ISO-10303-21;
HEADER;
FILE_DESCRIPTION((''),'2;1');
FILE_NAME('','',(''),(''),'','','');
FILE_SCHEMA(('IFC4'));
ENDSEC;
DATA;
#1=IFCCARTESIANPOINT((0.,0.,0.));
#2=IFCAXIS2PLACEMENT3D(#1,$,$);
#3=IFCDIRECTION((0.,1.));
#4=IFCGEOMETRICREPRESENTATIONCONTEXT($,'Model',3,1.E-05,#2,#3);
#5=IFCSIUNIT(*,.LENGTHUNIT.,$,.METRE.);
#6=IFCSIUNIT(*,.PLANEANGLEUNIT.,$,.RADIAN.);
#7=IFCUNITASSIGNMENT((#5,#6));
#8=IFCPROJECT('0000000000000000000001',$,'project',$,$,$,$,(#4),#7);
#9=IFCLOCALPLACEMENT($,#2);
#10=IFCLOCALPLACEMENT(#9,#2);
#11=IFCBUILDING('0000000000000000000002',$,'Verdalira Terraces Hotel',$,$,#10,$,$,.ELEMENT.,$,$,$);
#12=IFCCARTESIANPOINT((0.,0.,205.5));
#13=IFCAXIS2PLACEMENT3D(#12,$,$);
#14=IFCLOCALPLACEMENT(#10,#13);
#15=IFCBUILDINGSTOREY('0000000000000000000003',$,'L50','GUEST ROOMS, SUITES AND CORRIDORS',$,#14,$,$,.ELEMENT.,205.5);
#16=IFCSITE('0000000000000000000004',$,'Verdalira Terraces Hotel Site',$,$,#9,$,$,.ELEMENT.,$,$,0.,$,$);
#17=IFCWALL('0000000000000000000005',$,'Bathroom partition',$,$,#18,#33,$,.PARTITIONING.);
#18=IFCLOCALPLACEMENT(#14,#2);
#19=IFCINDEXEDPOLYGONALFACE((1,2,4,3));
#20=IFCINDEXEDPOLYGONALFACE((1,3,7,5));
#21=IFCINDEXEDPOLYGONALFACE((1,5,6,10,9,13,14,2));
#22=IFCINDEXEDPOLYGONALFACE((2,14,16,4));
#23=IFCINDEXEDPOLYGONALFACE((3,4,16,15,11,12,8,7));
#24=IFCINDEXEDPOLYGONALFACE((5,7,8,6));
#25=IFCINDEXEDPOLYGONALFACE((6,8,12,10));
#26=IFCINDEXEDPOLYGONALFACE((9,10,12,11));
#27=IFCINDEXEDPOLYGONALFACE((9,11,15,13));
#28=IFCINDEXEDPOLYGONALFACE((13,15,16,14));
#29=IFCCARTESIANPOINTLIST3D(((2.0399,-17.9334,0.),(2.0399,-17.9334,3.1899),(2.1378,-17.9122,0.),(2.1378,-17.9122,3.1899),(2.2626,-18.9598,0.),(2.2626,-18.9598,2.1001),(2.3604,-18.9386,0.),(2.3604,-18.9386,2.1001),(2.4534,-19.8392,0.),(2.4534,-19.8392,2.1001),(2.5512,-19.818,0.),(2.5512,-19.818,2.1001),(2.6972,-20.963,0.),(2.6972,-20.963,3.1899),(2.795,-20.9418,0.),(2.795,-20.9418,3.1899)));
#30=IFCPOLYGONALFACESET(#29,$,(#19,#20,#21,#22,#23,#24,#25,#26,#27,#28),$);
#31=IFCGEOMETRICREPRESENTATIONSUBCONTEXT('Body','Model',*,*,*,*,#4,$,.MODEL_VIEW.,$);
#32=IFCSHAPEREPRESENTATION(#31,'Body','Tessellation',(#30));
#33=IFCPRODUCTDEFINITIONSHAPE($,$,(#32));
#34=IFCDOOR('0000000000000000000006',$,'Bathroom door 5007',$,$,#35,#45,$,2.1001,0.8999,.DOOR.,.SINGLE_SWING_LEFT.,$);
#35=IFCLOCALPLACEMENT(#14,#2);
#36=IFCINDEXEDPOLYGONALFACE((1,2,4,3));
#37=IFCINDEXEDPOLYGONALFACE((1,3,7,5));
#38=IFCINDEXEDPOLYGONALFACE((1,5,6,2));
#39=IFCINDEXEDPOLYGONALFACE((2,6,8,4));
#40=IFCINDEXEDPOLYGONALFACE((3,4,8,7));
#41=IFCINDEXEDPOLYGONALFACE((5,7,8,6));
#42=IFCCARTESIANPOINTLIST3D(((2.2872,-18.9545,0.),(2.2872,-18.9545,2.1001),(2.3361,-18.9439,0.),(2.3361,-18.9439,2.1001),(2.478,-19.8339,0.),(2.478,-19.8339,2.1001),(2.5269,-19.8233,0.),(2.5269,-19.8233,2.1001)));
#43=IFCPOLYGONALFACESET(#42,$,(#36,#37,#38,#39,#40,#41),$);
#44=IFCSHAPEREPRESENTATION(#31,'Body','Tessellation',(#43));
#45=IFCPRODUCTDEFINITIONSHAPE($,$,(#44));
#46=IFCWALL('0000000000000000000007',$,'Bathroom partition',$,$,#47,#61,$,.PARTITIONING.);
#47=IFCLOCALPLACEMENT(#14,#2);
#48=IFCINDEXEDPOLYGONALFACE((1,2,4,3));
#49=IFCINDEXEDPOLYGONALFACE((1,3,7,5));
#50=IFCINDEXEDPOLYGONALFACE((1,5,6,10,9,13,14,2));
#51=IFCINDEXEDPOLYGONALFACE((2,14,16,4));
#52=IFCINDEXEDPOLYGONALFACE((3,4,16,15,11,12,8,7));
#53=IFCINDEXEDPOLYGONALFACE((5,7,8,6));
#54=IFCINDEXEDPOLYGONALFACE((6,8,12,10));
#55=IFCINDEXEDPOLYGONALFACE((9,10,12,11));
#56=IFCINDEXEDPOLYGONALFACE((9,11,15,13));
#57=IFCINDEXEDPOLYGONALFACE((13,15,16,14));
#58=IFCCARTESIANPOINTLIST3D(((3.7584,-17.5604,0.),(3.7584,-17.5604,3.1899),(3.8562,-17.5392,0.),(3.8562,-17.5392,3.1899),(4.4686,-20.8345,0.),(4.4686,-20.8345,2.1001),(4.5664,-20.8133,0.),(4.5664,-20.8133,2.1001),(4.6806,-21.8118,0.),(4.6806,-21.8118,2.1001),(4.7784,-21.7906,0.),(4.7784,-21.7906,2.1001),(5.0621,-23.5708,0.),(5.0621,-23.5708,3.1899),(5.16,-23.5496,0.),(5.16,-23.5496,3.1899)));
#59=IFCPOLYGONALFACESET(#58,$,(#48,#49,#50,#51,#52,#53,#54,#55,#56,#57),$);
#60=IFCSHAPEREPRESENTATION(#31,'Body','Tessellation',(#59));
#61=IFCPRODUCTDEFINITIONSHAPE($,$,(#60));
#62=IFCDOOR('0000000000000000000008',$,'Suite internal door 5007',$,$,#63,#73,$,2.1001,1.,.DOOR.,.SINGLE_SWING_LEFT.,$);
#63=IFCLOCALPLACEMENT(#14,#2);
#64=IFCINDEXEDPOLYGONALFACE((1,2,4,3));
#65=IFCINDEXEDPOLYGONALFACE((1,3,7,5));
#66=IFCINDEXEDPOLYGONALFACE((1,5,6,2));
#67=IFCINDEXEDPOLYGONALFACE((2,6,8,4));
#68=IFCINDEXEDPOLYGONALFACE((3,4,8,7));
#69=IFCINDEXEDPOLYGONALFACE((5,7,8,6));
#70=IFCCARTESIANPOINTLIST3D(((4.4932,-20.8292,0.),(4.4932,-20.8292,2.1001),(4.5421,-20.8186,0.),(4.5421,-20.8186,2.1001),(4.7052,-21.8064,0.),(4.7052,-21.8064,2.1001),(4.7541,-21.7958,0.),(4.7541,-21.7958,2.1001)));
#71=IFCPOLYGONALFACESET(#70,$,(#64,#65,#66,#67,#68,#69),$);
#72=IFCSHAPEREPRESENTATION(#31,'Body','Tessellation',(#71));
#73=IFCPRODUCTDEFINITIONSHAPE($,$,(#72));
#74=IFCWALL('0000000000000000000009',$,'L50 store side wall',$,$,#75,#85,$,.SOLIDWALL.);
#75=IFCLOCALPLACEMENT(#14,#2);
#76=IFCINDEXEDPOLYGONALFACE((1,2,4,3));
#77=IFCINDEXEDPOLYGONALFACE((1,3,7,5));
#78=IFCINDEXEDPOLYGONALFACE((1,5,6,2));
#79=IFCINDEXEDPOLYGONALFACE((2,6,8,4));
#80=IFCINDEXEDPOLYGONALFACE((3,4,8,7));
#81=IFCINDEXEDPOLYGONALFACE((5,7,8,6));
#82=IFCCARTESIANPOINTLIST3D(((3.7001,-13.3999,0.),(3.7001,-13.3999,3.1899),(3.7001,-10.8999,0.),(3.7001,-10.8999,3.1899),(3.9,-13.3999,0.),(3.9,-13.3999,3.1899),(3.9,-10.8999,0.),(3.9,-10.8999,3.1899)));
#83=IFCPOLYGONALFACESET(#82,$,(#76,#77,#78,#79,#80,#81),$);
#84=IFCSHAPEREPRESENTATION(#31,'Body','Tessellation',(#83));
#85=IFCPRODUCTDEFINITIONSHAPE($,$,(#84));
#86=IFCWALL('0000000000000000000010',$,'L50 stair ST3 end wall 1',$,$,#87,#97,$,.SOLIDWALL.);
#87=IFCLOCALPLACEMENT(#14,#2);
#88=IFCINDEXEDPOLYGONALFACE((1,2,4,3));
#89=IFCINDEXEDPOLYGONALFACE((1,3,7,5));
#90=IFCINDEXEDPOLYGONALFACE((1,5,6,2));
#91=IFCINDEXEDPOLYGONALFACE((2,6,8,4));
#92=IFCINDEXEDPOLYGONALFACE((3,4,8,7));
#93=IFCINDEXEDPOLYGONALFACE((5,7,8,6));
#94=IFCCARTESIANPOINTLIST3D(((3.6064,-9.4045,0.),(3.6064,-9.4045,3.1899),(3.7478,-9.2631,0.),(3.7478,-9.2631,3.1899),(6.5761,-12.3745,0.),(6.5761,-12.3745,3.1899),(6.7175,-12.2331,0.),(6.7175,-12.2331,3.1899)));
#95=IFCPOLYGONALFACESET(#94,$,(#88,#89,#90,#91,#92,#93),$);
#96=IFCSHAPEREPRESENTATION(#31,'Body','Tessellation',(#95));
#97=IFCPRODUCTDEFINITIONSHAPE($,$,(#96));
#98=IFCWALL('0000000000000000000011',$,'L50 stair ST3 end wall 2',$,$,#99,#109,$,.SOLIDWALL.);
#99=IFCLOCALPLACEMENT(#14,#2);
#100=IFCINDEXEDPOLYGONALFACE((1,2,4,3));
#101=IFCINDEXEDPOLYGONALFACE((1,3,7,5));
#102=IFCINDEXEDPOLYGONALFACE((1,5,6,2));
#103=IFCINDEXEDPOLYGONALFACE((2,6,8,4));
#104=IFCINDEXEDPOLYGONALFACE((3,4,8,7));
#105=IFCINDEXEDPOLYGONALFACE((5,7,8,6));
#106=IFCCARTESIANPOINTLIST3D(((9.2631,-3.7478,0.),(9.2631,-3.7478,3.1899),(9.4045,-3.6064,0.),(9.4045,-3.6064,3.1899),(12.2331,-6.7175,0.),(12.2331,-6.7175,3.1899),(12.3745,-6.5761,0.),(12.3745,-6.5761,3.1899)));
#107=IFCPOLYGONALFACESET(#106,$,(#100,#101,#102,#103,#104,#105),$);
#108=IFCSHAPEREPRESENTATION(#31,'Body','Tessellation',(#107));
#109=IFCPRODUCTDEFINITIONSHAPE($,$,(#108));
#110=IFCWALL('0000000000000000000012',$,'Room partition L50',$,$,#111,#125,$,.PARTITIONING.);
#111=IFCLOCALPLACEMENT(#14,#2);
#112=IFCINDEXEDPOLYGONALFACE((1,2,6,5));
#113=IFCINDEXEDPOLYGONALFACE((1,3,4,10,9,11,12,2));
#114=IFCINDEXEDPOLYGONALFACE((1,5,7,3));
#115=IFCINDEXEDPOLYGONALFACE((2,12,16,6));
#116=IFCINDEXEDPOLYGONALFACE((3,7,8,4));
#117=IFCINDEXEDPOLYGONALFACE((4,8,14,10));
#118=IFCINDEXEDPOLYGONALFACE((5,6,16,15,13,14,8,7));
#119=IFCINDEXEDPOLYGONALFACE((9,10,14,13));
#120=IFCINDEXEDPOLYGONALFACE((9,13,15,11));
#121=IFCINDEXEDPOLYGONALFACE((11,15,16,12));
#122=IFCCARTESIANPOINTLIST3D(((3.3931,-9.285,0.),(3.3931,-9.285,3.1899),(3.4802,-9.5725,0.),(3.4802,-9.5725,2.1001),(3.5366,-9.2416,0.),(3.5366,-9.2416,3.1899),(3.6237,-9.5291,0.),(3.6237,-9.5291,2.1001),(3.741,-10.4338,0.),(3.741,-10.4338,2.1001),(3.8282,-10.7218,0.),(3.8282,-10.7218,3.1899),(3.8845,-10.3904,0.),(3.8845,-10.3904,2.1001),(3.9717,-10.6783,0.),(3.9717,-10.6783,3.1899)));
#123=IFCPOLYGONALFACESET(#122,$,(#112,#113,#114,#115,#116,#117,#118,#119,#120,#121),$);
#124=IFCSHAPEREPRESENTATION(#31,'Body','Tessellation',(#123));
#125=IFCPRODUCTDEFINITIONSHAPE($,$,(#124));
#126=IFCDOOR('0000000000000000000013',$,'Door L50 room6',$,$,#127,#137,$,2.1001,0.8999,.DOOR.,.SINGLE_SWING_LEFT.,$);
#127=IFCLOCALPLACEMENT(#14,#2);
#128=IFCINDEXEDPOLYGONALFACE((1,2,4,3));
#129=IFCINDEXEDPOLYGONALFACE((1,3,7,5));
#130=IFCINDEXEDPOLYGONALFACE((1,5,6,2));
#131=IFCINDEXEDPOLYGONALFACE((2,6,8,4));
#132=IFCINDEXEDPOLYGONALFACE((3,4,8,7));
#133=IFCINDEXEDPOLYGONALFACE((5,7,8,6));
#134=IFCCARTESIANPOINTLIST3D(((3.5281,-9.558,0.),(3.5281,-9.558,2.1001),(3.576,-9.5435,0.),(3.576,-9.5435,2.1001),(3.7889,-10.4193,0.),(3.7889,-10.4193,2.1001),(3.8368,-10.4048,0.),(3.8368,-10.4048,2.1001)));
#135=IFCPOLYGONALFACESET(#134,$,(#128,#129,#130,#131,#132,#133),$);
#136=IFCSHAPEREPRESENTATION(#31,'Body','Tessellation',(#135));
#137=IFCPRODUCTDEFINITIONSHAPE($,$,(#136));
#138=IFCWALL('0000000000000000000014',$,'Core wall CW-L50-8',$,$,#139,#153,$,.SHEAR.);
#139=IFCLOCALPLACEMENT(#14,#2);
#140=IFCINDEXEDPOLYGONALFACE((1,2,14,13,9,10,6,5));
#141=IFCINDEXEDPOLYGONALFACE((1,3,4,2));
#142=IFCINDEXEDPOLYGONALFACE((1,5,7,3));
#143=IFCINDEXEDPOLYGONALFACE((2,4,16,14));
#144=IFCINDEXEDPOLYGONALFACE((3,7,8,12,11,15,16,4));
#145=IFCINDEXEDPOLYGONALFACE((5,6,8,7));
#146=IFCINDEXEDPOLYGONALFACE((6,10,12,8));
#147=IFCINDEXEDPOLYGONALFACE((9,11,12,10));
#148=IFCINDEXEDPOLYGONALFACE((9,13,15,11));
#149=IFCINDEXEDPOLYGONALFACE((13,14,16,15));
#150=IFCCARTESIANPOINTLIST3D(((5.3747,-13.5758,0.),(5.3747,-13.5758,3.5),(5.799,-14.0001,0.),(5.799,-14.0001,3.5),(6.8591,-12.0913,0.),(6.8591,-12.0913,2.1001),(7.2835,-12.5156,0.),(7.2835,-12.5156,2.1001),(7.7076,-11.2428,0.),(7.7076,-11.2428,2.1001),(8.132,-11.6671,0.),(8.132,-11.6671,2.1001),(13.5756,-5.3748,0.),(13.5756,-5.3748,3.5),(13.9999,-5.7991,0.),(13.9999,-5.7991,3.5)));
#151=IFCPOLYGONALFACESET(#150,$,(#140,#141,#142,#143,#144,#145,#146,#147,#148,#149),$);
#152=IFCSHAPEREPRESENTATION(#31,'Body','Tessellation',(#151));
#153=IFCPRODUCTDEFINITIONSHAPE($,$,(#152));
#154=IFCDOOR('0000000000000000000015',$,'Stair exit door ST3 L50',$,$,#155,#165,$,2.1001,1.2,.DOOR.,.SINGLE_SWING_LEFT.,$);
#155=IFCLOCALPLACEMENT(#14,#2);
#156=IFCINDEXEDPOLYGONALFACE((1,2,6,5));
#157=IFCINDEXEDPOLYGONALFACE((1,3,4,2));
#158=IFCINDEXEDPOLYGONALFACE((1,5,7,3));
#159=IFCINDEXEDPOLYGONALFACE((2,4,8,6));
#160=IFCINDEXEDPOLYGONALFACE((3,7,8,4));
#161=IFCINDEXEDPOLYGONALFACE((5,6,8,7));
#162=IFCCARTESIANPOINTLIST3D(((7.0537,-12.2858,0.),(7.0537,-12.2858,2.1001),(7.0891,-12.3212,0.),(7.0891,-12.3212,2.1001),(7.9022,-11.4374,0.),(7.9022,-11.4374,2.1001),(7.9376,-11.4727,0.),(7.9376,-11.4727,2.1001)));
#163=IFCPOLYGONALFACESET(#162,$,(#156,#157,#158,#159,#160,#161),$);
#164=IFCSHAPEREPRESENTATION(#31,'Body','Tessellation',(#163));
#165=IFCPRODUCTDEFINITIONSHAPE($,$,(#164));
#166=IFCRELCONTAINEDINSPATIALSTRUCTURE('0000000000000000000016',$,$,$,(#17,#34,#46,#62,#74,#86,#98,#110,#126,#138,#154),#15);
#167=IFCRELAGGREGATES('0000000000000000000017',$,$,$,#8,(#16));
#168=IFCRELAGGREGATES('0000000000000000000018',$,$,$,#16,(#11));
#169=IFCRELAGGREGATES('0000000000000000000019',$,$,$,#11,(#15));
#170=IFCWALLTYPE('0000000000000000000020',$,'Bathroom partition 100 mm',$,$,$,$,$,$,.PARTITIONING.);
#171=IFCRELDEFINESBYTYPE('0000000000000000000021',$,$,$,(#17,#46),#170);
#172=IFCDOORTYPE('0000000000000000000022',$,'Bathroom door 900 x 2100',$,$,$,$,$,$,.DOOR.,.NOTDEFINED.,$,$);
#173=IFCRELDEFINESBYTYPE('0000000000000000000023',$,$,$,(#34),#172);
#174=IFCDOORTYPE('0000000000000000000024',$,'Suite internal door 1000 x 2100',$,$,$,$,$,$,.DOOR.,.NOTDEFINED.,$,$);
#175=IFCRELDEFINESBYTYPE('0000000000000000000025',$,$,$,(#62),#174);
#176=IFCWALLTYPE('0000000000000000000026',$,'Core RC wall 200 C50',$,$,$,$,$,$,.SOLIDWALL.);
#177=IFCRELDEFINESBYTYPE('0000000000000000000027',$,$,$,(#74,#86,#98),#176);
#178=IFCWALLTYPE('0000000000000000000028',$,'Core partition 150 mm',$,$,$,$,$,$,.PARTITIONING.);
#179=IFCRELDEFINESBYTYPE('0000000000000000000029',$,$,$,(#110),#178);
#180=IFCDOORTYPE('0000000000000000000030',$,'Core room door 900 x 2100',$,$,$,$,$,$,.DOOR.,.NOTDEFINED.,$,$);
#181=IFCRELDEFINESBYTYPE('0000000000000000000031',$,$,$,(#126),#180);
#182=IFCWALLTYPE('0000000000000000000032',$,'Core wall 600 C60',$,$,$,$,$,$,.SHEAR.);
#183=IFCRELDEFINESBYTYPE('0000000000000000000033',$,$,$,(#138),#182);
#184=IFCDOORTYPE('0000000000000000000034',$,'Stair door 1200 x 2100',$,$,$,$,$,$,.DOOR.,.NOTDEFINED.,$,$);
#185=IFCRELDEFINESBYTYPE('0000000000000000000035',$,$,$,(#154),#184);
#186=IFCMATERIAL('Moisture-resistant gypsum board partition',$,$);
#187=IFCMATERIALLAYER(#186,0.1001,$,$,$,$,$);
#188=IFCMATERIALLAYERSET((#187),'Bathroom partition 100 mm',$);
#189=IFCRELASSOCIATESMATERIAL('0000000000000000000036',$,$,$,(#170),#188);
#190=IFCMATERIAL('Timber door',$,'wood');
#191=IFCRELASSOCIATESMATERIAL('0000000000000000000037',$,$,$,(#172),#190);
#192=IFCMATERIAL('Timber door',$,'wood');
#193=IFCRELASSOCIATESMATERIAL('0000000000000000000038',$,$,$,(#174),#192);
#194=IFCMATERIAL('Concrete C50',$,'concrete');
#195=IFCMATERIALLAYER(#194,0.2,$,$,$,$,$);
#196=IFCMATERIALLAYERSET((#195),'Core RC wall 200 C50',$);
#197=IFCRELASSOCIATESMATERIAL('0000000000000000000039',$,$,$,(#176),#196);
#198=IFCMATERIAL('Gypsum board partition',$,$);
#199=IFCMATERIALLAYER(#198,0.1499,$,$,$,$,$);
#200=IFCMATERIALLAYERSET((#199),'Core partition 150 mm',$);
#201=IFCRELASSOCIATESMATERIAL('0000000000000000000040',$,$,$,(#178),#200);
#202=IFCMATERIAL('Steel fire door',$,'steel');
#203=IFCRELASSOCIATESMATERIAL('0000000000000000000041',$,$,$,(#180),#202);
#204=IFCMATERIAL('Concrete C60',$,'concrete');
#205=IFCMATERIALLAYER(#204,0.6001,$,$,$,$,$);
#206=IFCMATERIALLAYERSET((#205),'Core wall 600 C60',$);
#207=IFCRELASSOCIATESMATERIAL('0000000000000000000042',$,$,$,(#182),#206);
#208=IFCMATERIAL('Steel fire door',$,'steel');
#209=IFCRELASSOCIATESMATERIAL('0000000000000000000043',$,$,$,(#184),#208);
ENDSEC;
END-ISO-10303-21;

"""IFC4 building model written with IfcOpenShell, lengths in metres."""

from ifc_helpers import new_model, si_unit, direction, frame, frame_2d, origin, place, context, subcontext, project, spatial, rectangle, extrude, material, layer, layer_set, type_object, element, fill, save


model = new_model("IFC4")

# Units and contexts
model_context = context("Model", 3, precision=1e-05, world=origin(), true_north=direction((0.0, 1.0)))
body_context = subcontext(model_context, "Body", "Model", "MODEL_VIEW")
ifc_project = project(units=[si_unit("LENGTHUNIT", "METRE"), si_unit("PLANEANGLEUNIT", "RADIAN")], contexts=[model_context])

# Site, building, storey
site_placement = place(None, origin())
site = spatial("IfcSite", under=ifc_project, at=site_placement, Name="Verdalira Terraces Hotel Site", CompositionType="ELEMENT", RefElevation=0.0)
building_placement = place(site_placement, origin())
building = spatial("IfcBuilding", under=site, at=building_placement, Name="Verdalira Terraces Hotel", CompositionType="ELEMENT")
storey_placement = place(building_placement, frame((0.0, 0.0, 205.5)))
storey = spatial("IfcBuildingStorey", under=building, at=storey_placement, Name="L50", Description="GUEST ROOMS, SUITES AND CORRIDORS", CompositionType="ELEMENT", Elevation=205.5)

# Walls, openings, doors
ifc_material_1 = material(Name="Moisture-resistant gypsum board partition")
ifc_layer_1 = layer(ifc_material_1, 0.1001)
ifc_layer_set_1 = layer_set([ifc_layer_1], Name="Bathroom partition 100 mm")
wall_type_1 = type_object("IfcWallType", Name="Bathroom partition 100 mm", PredefinedType="PARTITIONING", material=ifc_layer_set_1)
wall_1_placement = place(storey_placement, frame((2.7461, -20.9524, 0.0), z_axis=(0.0, 0.0, 1.0), x_axis=(-0.212008, 0.977268, 0.0)))
wall_1 = element("IfcWall", 1, at=wall_1_placement, inside=storey, type_object=wall_type_1, Name="Bathroom partition", PredefinedType="PARTITIONING", context=body_context, shape_type="SweptSolid", body=[
    extrude(rectangle(XDim=3.1001, YDim=0.1001, at=frame_2d((1.55, 0.0))), origin(), (0.0, 0.0, 1.0), 3.1899),
])
opening_1_placement = place(wall_1_placement, frame((1.1499, 0.0, 0.0)))
opening_1 = element("IfcOpeningElement", 2, at=opening_1_placement, cuts=wall_1, PredefinedType="OPENING", context=body_context, shape_type="SweptSolid", body=[
    extrude(rectangle(XDim=0.8999, YDim=2.1001, at=frame_2d((0.45, 1.05))), frame((0.0, 0.0601, 0.0), z_axis=(0.0, -1.0, 0.0), x_axis=(1.0, 0.0, 0.0)), (0.0, 0.0, 1.0), 0.1201),
])
ifc_material_2 = material(Name="Timber door", Category="wood")
door_type_1 = type_object("IfcDoorType", Name="Bathroom door 900 x 2100", OperationType="NOTDEFINED", PredefinedType="DOOR", material=ifc_material_2)
door_1_placement = place(opening_1_placement, origin())
door_1 = element("IfcDoor", 3, at=door_1_placement, inside=storey, type_object=door_type_1, Name="Bathroom door 5007", OperationType="SINGLE_SWING_LEFT", OverallHeight=2.1001, OverallWidth=0.8999, PredefinedType="DOOR", context=body_context, shape_type="SweptSolid", body=[
    extrude(rectangle(XDim=0.8999, YDim=2.1001, at=frame_2d((0.45, 1.05))), frame((0.0, 0.0249, 0.0), z_axis=(0.0, -1.0, 0.0), x_axis=(1.0, 0.0, 0.0)), (0.0, 0.0, 1.0), 0.05),
])
fill(opening_1, door_1)
wall_2_placement = place(storey_placement, frame((5.1111, -23.5603, 0.0), z_axis=(0.0, 0.0, 1.0), x_axis=(-0.211985, 0.977273, 0.0)))
wall_2 = element("IfcWall", 4, at=wall_2_placement, inside=storey, type_object=wall_type_1, Name="Bathroom partition", PredefinedType="PARTITIONING", context=body_context, shape_type="SweptSolid", body=[
    extrude(rectangle(XDim=6.1501, YDim=0.1001, at=frame_2d((3.0752, 0.0))), origin(), (0.0, 0.0, 1.0), 3.1899),
])
opening_2_placement = place(wall_2_placement, frame((1.8, 0.0, 0.0)))
opening_2 = element("IfcOpeningElement", 5, at=opening_2_placement, cuts=wall_2, PredefinedType="OPENING", context=body_context, shape_type="SweptSolid", body=[
    extrude(rectangle(XDim=1.0, YDim=2.1001, at=frame_2d((0.5, 1.05))), frame((0.0, 0.0601, 0.0), z_axis=(0.0, -1.0, 0.0), x_axis=(1.0, 0.0, 0.0)), (0.0, 0.0, 1.0), 0.1201),
])
ifc_material_3 = material(Name="Timber door", Category="wood")
door_type_2 = type_object("IfcDoorType", Name="Suite internal door 1000 x 2100", OperationType="NOTDEFINED", PredefinedType="DOOR", material=ifc_material_3)
door_2_placement = place(opening_2_placement, origin())
door_2 = element("IfcDoor", 6, at=door_2_placement, inside=storey, type_object=door_type_2, Name="Suite internal door 5007", OperationType="SINGLE_SWING_LEFT", OverallHeight=2.1001, OverallWidth=1.0, PredefinedType="DOOR", context=body_context, shape_type="SweptSolid", body=[
    extrude(rectangle(XDim=1.0, YDim=2.1001, at=frame_2d((0.5, 1.05))), frame((0.0, 0.0249, 0.0), z_axis=(0.0, -1.0, 0.0), x_axis=(1.0, 0.0, 0.0)), (0.0, 0.0, 1.0), 0.05),
])
fill(opening_2, door_2)

# Walls
ifc_material_4 = material(Name="Concrete C50", Category="concrete")
ifc_layer_2 = layer(ifc_material_4, 0.2)
ifc_layer_set_2 = layer_set([ifc_layer_2], Name="Core RC wall 200 C50")
wall_type_2 = type_object("IfcWallType", Name="Core RC wall 200 C50", PredefinedType="SOLIDWALL", material=ifc_layer_set_2)
wall_3_placement = place(storey_placement, frame((3.8, -10.8999, 0.0), z_axis=(0.0, 0.0, 1.0), x_axis=(0.0, -1.0, 0.0)))
element("IfcWall", 7, at=wall_3_placement, inside=storey, type_object=wall_type_2, Name="L50 store side wall", PredefinedType="SOLIDWALL", context=body_context, shape_type="SweptSolid", body=[
    extrude(rectangle(XDim=2.5, YDim=0.2, at=frame_2d((1.25, 0.0))), origin(), (0.0, 0.0, 1.0), 3.1899),
])
for number, where, z_axis, x_axis, name in (
    (8, (3.677, -9.3337, 0.0), (0.0, 0.0, 1.0), (0.707078, -0.707136, 0.0), "L50 stair ST3 end wall 1"),
    (9, (9.3337, -3.677, 0.0), (0.0, 0.0, 1.0), (0.707136, -0.707078, 0.0), "L50 stair ST3 end wall 2"),
):
    element("IfcWall", number, at=place(storey_placement, frame(where, z_axis=z_axis, x_axis=x_axis)), inside=storey, type_object=wall_type_2, Name=name, PredefinedType="SOLIDWALL", context=body_context, shape_type="SweptSolid", body=[
        extrude(rectangle(XDim=4.2, YDim=0.2, at=frame_2d((2.1001, 0.0))), origin(), (0.0, 0.0, 1.0), 3.1899),
    ])

# Walls, openings, doors
ifc_material_5 = material(Name="Gypsum board partition")
ifc_layer_3 = layer(ifc_material_5, 0.1499)
ifc_layer_set_3 = layer_set([ifc_layer_3], Name="Core partition 150 mm")
wall_type_3 = type_object("IfcWallType", Name="Core partition 150 mm", PredefinedType="PARTITIONING", material=ifc_layer_set_3)
wall_4_placement = place(storey_placement, frame((3.8999, -10.7, 0.0), z_axis=(0.0, 0.0, 1.0), x_axis=(-0.289809, 0.957085, 0.0)))
wall_4 = element("IfcWall", 10, at=wall_4_placement, inside=storey, type_object=wall_type_3, Name="Room partition L50", PredefinedType="PARTITIONING", context=body_context, shape_type="SweptSolid", body=[
    extrude(rectangle(XDim=1.5012, YDim=0.1499, at=frame_2d((0.7505, 0.0))), origin(), (0.0, 0.0, 1.0), 3.1899),
])
opening_3_placement = place(wall_4_placement, frame((0.3008, 0.0, 0.0)))
opening_3 = element("IfcOpeningElement", 11, at=opening_3_placement, cuts=wall_4, PredefinedType="OPENING", context=body_context, shape_type="SweptSolid", body=[
    extrude(rectangle(XDim=0.8999, YDim=2.1001, at=frame_2d((0.45, 1.05))), frame((0.0, 0.085, 0.0), z_axis=(0.0, -1.0, 0.0), x_axis=(1.0, 0.0, 0.0)), (0.0, 0.0, 1.0), 0.1699),
])
ifc_material_6 = material(Name="Steel fire door", Category="steel")
door_type_3 = type_object("IfcDoorType", Name="Core room door 900 x 2100", OperationType="NOTDEFINED", PredefinedType="DOOR", material=ifc_material_6)
door_3_placement = place(opening_3_placement, origin())
door_3 = element("IfcDoor", 12, at=door_3_placement, inside=storey, type_object=door_type_3, Name="Door L50 room6", OperationType="SINGLE_SWING_LEFT", OverallHeight=2.1001, OverallWidth=0.8999, PredefinedType="DOOR", context=body_context, shape_type="SweptSolid", body=[
    extrude(rectangle(XDim=0.8999, YDim=2.1001, at=frame_2d((0.45, 1.05))), frame((0.0, 0.0249, 0.0), z_axis=(0.0, -1.0, 0.0), x_axis=(1.0, 0.0, 0.0)), (0.0, 0.0, 1.0), 0.05),
])
fill(opening_3, door_3)
ifc_material_7 = material(Name="Concrete C60", Category="concrete")
ifc_layer_4 = layer(ifc_material_7, 0.6001)
ifc_layer_set_4 = layer_set([ifc_layer_4], Name="Core wall 600 C60")
wall_type_4 = type_object("IfcWallType", Name="Core wall 600 C60", PredefinedType="SHEAR", material=ifc_layer_set_4)
wall_5_placement = place(storey_placement, frame((5.5869, -13.7878, 0.0), z_axis=(0.0, 0.0, 1.0), x_axis=(0.707107, 0.707107, 0.0)))
wall_5 = element("IfcWall", 13, at=wall_5_placement, inside=storey, type_object=wall_type_4, Name="Core wall CW-L50-8", PredefinedType="SHEAR", context=body_context, shape_type="SweptSolid", body=[
    extrude(rectangle(XDim=11.5979, YDim=0.6001, at=frame_2d((5.7988, 0.0))), origin(), (0.0, 0.0, 1.0), 3.5),
])
opening_4_placement = place(wall_5_placement, frame((2.0991, 0.0, 0.0)))
opening_4 = element("IfcOpeningElement", 14, at=opening_4_placement, cuts=wall_5, PredefinedType="OPENING", context=body_context, shape_type="SweptSolid", body=[
    extrude(rectangle(XDim=1.2, YDim=2.1001, at=frame_2d((0.6001, 1.05))), frame((0.0, 0.3101, 0.0), z_axis=(0.0, -1.0, 0.0), x_axis=(1.0, 0.0, 0.0)), (0.0, 0.0, 1.0), 0.6201),
])
ifc_material_8 = material(Name="Steel fire door", Category="steel")
door_type_4 = type_object("IfcDoorType", Name="Stair door 1200 x 2100", OperationType="NOTDEFINED", PredefinedType="DOOR", material=ifc_material_8)
door_4_placement = place(opening_4_placement, origin())
door_4 = element("IfcDoor", 15, at=door_4_placement, inside=storey, type_object=door_type_4, Name="Stair exit door ST3 L50", OperationType="SINGLE_SWING_LEFT", OverallHeight=2.1001, OverallWidth=1.2, PredefinedType="DOOR", context=body_context, shape_type="SweptSolid", body=[
    extrude(rectangle(XDim=1.2, YDim=2.1001, at=frame_2d((0.6001, 1.05))), frame((0.0, 0.0249, 0.0), z_axis=(0.0, -1.0, 0.0), x_axis=(1.0, 0.0, 0.0)), (0.0, 0.0, 1.0), 0.05),
])
fill(opening_4, door_4)

save(model, "model.ifc")
